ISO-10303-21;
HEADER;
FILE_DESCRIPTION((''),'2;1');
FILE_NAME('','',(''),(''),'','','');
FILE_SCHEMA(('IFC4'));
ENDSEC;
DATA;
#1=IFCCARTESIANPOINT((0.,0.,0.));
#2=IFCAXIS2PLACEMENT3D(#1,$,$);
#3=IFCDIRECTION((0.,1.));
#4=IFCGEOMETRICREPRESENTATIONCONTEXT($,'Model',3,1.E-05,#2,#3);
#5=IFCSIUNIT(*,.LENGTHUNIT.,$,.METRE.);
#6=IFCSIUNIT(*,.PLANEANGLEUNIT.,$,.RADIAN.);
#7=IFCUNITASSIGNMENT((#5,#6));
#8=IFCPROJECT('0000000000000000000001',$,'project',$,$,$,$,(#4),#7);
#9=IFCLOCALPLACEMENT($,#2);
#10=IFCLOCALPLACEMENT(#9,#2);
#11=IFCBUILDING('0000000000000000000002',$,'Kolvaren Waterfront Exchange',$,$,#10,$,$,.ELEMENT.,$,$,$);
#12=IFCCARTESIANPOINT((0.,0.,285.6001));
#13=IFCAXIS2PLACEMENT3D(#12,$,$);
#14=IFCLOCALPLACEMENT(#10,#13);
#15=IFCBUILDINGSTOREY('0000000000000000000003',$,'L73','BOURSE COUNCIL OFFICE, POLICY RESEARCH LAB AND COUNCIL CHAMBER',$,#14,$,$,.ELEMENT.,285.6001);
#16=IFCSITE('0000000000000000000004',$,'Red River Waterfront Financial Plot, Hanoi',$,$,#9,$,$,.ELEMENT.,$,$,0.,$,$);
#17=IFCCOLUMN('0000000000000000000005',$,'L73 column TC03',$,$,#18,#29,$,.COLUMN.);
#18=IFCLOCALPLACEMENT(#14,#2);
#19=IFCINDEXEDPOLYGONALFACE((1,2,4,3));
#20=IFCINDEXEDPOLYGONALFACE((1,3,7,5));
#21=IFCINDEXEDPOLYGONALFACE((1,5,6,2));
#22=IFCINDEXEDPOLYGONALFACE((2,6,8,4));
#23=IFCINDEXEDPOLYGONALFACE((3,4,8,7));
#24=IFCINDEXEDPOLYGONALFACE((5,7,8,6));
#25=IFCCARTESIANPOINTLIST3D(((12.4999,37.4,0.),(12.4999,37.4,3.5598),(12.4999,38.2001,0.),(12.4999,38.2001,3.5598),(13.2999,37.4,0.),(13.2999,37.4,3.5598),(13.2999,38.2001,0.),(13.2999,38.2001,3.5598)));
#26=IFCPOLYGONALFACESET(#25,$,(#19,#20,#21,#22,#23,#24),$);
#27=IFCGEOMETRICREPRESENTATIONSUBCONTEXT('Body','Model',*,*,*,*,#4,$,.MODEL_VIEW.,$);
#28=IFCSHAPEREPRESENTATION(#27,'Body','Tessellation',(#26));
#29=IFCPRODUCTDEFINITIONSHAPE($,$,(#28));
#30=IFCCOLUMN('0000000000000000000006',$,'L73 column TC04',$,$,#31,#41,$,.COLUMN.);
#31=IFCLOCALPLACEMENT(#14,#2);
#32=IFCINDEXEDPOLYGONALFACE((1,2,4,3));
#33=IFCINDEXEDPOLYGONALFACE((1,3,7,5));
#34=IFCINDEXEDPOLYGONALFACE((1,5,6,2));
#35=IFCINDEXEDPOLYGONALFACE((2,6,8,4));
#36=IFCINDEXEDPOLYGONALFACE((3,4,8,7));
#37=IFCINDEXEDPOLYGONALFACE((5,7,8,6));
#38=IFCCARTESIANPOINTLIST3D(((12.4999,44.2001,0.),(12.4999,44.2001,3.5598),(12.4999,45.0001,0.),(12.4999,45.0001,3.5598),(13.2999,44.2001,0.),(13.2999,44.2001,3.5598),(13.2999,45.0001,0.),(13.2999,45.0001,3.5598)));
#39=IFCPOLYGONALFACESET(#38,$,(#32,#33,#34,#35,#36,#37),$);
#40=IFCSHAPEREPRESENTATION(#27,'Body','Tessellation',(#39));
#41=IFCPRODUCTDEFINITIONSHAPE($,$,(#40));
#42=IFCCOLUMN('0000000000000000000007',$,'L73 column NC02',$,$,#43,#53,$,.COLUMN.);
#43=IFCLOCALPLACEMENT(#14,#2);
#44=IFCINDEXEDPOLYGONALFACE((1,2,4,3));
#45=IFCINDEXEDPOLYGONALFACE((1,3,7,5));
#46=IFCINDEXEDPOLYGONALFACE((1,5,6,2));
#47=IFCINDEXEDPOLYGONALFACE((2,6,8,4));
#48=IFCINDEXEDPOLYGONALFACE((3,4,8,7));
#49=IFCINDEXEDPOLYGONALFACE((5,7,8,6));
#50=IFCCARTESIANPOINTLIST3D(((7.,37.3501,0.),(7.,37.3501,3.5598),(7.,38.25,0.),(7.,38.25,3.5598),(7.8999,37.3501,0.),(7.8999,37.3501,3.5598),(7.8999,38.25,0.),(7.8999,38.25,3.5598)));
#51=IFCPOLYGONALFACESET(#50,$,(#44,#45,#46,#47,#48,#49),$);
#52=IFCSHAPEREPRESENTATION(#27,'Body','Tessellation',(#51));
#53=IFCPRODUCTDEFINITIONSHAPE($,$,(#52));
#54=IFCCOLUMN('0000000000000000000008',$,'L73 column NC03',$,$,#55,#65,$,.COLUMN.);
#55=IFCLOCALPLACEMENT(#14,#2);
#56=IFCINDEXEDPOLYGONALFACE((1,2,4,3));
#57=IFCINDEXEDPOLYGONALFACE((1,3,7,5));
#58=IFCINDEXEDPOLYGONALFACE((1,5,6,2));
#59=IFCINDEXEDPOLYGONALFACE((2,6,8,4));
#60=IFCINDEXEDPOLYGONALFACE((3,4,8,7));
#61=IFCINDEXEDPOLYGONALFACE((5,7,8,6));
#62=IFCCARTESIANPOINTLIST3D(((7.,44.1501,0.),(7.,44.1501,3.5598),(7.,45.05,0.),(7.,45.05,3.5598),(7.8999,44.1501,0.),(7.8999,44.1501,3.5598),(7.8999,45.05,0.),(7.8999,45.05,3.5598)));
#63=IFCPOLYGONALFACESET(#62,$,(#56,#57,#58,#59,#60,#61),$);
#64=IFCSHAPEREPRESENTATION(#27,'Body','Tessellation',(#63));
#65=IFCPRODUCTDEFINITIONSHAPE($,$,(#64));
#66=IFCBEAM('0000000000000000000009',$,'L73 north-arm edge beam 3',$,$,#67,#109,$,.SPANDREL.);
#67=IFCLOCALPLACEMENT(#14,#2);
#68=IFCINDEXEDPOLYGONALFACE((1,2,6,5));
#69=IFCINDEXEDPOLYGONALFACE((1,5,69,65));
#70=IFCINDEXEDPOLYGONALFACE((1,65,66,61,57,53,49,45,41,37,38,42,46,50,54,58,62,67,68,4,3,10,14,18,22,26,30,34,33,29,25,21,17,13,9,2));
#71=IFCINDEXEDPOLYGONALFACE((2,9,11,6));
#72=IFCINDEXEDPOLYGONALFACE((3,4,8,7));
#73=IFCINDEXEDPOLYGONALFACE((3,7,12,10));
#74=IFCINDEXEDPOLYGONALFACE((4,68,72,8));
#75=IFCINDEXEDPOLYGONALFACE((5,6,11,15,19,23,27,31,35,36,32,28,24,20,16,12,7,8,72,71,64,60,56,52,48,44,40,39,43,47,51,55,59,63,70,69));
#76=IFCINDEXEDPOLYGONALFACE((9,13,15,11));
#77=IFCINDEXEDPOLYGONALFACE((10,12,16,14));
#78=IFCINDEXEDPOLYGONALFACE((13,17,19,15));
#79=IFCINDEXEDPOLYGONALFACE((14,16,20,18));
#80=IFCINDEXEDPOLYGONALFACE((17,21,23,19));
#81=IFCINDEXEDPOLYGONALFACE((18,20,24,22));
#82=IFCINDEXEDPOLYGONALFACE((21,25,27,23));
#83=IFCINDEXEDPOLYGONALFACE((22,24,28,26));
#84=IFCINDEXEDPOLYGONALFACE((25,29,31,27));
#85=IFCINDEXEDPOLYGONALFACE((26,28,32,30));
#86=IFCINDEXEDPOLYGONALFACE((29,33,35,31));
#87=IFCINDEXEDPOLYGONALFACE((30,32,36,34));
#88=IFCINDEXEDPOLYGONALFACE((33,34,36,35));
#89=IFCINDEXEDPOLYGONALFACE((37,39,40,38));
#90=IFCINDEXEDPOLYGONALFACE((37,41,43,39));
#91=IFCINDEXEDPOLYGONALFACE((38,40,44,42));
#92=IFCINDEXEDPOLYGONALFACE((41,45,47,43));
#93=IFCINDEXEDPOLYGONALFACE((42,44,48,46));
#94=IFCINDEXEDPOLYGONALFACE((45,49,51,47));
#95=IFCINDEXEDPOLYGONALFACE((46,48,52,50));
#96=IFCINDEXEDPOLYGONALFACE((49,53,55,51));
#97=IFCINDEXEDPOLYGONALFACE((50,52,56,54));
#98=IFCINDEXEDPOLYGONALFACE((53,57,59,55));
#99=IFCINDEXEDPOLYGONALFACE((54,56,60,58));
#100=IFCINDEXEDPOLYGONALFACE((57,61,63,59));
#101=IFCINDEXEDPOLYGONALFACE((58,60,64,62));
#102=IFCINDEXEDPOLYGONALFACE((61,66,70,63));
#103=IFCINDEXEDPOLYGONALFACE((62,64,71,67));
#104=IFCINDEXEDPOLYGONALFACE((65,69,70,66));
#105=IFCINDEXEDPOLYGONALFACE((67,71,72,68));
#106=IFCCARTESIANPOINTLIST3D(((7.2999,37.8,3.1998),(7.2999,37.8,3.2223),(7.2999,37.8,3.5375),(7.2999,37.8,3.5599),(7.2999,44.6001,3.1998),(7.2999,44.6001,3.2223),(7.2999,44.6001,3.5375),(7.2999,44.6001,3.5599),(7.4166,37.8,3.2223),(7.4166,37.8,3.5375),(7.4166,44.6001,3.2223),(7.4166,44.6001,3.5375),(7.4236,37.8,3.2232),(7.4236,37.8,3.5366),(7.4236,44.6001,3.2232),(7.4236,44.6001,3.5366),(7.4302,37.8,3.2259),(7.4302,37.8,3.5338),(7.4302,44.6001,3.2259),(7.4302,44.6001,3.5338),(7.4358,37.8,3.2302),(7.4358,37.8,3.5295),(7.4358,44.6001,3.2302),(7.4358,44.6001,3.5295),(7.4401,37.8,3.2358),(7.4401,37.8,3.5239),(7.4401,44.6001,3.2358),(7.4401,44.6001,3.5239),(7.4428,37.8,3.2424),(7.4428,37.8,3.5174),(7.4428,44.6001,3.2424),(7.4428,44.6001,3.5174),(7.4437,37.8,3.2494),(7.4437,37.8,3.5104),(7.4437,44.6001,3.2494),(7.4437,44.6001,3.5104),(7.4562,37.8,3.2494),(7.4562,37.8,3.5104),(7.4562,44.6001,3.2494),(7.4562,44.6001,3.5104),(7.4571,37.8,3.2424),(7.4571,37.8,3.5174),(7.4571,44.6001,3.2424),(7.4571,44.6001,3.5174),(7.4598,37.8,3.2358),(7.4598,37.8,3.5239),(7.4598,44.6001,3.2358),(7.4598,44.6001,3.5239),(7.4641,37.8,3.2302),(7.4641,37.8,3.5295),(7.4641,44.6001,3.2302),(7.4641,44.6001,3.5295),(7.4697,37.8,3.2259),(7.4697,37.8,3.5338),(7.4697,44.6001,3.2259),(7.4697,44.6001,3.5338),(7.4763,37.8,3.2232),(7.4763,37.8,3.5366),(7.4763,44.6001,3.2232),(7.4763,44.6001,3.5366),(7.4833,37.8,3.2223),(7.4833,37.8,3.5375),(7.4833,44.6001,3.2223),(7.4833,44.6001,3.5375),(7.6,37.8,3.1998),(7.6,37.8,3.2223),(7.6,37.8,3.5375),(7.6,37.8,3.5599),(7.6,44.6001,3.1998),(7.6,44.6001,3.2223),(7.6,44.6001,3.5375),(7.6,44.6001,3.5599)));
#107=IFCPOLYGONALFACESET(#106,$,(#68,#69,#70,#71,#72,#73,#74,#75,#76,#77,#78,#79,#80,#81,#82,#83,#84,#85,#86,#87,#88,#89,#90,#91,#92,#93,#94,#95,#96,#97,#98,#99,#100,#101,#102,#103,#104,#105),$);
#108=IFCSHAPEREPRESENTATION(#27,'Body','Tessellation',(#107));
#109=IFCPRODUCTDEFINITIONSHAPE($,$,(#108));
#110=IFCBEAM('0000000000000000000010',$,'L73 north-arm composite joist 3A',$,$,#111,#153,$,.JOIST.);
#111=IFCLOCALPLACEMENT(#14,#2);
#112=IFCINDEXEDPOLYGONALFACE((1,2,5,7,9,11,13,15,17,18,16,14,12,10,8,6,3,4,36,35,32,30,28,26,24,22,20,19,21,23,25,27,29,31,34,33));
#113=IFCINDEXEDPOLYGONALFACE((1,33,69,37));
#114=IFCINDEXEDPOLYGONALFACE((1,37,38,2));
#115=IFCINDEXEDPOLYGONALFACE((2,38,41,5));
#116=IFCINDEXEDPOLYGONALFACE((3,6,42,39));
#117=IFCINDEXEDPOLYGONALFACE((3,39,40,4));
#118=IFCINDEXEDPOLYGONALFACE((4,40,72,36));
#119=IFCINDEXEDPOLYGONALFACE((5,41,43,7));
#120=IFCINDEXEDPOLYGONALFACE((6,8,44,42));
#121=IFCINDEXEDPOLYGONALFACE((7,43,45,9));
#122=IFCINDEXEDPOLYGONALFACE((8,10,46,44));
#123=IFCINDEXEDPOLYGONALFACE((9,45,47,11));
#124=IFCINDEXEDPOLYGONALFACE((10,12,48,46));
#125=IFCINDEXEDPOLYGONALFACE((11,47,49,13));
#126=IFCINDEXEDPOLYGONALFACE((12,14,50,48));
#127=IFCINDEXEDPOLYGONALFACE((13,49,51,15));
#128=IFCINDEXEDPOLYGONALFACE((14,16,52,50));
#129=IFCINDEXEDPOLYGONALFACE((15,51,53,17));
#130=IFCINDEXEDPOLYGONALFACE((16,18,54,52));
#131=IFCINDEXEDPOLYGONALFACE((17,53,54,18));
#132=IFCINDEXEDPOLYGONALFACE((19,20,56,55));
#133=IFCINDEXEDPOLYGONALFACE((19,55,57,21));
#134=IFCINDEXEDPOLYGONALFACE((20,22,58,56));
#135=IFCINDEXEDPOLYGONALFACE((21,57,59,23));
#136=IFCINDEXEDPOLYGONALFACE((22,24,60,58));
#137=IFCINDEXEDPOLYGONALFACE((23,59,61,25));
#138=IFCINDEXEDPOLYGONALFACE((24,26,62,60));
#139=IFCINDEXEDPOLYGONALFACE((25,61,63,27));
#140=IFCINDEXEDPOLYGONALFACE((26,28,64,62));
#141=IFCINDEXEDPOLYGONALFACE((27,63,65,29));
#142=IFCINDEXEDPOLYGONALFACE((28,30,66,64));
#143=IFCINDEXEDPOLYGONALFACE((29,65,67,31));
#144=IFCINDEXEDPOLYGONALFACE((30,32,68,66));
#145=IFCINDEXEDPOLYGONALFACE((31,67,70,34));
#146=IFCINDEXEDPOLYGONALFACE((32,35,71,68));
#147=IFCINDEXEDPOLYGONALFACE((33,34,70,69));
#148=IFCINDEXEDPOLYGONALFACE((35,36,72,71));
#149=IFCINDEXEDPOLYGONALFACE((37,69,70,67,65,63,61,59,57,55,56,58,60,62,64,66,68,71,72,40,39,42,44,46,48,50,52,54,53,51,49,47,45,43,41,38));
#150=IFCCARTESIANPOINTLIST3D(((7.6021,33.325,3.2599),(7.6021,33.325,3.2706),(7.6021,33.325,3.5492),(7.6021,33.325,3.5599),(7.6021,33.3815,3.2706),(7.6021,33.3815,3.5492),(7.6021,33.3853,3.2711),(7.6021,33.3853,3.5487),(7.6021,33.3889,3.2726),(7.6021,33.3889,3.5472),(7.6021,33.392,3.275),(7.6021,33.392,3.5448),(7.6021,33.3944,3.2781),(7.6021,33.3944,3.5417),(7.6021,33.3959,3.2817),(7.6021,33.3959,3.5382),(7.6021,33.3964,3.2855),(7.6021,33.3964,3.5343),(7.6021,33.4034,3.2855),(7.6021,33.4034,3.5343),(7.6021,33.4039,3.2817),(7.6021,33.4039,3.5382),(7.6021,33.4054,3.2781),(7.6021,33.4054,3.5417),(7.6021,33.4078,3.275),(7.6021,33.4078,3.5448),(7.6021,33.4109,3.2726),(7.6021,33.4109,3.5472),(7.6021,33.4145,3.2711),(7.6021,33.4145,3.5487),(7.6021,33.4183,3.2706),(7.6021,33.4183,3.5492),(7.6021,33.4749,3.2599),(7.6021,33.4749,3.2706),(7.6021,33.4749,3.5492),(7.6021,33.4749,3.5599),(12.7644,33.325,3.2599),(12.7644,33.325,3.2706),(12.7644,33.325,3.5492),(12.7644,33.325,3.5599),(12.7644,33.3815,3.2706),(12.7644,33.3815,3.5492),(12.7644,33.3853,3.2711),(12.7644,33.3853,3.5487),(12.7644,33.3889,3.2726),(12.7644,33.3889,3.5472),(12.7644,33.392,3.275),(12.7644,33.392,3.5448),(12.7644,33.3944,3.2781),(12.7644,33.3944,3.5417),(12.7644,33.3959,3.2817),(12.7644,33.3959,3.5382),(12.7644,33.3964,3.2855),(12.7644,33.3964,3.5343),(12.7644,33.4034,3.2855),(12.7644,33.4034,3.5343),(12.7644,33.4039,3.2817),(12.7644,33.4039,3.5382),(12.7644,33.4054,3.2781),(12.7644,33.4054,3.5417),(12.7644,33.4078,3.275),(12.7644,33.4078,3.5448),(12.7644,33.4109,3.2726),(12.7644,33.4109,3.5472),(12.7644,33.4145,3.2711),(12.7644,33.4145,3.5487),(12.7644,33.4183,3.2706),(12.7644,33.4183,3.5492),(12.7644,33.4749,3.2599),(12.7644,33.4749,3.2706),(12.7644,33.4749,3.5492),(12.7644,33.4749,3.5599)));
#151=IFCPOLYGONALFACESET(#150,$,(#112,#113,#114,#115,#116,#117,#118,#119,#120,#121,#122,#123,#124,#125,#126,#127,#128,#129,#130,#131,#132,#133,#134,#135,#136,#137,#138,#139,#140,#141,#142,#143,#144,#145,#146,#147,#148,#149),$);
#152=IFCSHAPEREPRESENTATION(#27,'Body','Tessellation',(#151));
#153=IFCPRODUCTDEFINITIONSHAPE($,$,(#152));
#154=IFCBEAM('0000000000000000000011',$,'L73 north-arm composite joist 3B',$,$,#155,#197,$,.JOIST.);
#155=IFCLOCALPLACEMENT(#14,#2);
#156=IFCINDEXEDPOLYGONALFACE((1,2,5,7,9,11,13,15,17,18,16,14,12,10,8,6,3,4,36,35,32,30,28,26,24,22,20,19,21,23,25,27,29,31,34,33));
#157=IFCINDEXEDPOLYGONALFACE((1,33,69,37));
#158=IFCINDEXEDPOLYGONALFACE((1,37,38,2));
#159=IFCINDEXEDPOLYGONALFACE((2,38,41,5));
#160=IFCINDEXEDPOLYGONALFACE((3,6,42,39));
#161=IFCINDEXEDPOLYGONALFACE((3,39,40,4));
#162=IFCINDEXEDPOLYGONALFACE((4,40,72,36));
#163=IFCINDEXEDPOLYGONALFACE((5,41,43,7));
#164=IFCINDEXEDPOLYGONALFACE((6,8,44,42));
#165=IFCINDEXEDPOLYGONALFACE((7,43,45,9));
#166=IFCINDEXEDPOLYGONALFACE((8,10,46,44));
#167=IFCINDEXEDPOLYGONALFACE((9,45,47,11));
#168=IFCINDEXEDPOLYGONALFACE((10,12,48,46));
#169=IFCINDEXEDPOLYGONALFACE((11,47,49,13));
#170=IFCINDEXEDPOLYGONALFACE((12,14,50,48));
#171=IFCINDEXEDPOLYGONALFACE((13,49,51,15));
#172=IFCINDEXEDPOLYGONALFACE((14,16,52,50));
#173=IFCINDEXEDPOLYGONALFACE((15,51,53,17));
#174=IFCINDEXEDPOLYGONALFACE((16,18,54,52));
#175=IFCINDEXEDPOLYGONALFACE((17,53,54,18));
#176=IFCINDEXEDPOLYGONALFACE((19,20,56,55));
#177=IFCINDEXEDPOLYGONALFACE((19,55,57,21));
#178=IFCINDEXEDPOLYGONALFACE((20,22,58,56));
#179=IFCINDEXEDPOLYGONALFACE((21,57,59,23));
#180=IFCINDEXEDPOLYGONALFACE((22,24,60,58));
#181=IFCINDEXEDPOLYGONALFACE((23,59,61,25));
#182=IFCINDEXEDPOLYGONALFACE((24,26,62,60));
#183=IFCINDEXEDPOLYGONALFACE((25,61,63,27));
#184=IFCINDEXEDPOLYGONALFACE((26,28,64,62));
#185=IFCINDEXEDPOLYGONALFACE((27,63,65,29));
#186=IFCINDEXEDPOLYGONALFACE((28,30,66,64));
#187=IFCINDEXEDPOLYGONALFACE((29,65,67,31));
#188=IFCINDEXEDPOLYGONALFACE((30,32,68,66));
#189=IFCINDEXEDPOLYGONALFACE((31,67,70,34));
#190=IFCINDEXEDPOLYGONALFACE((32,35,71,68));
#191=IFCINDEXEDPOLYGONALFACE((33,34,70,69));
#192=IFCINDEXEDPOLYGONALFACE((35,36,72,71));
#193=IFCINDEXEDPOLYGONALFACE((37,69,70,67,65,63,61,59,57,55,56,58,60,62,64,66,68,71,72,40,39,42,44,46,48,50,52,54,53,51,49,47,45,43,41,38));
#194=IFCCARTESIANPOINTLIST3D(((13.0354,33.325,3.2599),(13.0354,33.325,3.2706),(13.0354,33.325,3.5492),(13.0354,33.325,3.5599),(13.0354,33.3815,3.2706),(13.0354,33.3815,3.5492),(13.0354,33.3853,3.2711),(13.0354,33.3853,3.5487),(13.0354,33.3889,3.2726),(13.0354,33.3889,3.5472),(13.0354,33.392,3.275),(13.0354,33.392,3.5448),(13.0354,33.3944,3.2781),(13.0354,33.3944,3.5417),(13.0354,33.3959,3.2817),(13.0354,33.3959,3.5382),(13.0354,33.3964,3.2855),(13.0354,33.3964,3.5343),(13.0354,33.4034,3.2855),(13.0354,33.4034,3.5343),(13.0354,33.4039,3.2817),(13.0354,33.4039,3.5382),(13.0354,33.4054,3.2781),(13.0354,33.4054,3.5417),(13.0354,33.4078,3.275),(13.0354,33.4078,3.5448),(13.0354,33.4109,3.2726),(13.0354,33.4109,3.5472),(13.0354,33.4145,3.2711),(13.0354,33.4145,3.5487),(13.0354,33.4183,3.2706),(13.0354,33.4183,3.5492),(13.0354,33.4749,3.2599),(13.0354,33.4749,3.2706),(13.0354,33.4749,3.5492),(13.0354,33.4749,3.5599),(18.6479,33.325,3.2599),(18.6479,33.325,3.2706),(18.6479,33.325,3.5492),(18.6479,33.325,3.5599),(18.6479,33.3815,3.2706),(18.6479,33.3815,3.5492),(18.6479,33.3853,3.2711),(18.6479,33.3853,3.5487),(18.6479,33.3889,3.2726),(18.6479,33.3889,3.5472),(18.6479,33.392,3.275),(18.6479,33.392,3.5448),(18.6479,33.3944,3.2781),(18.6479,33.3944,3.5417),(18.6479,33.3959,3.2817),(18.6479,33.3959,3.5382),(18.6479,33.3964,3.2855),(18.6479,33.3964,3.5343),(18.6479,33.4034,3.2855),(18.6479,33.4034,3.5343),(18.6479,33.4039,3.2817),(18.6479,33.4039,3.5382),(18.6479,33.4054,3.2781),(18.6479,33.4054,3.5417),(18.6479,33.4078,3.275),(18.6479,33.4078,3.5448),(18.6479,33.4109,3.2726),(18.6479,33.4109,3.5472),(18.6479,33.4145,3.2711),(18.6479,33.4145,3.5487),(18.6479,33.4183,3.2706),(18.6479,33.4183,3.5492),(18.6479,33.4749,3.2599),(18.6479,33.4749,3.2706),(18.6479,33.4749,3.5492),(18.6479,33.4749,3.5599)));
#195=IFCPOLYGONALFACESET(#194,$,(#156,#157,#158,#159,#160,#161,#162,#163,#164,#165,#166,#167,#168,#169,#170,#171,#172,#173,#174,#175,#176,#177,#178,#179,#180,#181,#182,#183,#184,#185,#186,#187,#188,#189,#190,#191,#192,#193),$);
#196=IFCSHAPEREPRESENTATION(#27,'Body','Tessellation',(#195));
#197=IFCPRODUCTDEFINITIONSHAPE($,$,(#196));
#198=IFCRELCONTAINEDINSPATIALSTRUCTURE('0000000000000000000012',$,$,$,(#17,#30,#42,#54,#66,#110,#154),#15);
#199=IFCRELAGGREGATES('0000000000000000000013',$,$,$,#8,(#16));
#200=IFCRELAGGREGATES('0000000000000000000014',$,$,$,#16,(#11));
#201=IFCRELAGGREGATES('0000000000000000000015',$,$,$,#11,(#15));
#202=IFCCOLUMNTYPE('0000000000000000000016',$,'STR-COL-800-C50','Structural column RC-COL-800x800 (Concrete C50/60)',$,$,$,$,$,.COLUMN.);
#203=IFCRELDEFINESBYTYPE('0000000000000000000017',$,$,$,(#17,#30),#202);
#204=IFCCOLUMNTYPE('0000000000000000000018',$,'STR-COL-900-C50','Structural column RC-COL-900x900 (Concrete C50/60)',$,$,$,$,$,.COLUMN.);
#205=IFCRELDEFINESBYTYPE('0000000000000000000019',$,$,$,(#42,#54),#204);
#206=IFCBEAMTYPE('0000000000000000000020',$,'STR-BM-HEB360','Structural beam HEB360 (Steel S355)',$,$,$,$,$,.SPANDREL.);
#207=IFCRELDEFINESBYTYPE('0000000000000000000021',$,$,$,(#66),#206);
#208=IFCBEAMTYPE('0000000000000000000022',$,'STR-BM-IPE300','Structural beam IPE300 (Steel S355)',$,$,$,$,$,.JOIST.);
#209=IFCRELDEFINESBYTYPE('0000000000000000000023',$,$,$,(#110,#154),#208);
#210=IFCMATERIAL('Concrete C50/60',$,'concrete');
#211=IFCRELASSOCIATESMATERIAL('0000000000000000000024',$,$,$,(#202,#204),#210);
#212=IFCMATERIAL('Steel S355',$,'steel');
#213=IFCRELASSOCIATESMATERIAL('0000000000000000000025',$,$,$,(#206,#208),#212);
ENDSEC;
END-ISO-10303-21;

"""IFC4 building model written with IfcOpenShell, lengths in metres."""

from ifc_helpers import new_model, si_unit, direction, frame, origin, origin_2d, place, context, subcontext, project, spatial, rectangle, i_section, extrude, material, material_profile, profile_set, type_object, element, save


model = new_model("IFC4")

# Units and contexts
model_context = context("Model", 3, precision=1e-05, world=origin(), true_north=direction((0.0, 1.0)))
body_context = subcontext(model_context, "Body", "Model", "MODEL_VIEW")
ifc_project = project(units=[si_unit("LENGTHUNIT", "METRE"), si_unit("PLANEANGLEUNIT", "RADIAN")], contexts=[model_context])

# Site, building, storey
site_placement = place(None, origin())
site = spatial("IfcSite", under=ifc_project, at=site_placement, Name="Red River Waterfront Financial Plot, Hanoi", CompositionType="ELEMENT", RefElevation=0.0)
building_placement = place(site_placement, origin())
building = spatial("IfcBuilding", under=site, at=building_placement, Name="Kolvaren Waterfront Exchange", CompositionType="ELEMENT")
storey_placement = place(building_placement, frame((0.0, 0.0, 285.6001)))
storey = spatial("IfcBuildingStorey", under=building, at=storey_placement, Name="L73", Description="BOURSE COUNCIL OFFICE, POLICY RESEARCH LAB AND COUNCIL CHAMBER", CompositionType="ELEMENT", Elevation=285.6001)

# Columns
ifc_material_1 = material(Name="Concrete C50/60", Category="concrete")
ifc_material_profile_1 = material_profile(ifc_material_1, rectangle(XDim=0.8, YDim=0.8, at=origin_2d()), Name="RC-COL-800x800")
ifc_profile_set_1 = profile_set([ifc_material_profile_1], Name="Concrete C50/60")
column_type_1 = type_object("IfcColumnType", Name="STR-COL-800-C50", Description="Structural column RC-COL-800x800 (Concrete C50/60)", PredefinedType="COLUMN", material=ifc_profile_set_1)
for number, where, z_axis, x_axis, name in (
    (1, (12.8999, 37.8, 0.0), (0.0, 0.0, 1.0), (1.0, 0.0, 0.0), "L73 column TC03"),
    (2, (12.8999, 44.6001, 0.0), (0.0, 0.0, 1.0), (1.0, 0.0, 0.0), "L73 column TC04"),
):
    element("IfcColumn", number, at=place(storey_placement, frame(where, z_axis=z_axis, x_axis=x_axis)), inside=storey, type_object=column_type_1, Name=name, PredefinedType="COLUMN", context=body_context, shape_type="SweptSolid", body=[
        extrude(rectangle(XDim=0.8, YDim=0.8, at=origin_2d()), origin(), (0.0, 0.0, 1.0), 3.5598),
    ])
ifc_material_profile_2 = material_profile(ifc_material_1, rectangle(XDim=0.8999, YDim=0.8999, at=origin_2d()), Name="RC-COL-900x900")
ifc_profile_set_2 = profile_set([ifc_material_profile_2], Name="Concrete C50/60")
column_type_2 = type_object("IfcColumnType", Name="STR-COL-900-C50", Description="Structural column RC-COL-900x900 (Concrete C50/60)", PredefinedType="COLUMN", material=ifc_profile_set_2)
for number, where, z_axis, x_axis, name in (
    (3, (7.45, 37.8, 0.0), (0.0, 0.0, 1.0), (1.0, 0.0, 0.0), "L73 column NC02"),
    (4, (7.45, 44.6001, 0.0), (0.0, 0.0, 1.0), (1.0, 0.0, 0.0), "L73 column NC03"),
):
    element("IfcColumn", number, at=place(storey_placement, frame(where, z_axis=z_axis, x_axis=x_axis)), inside=storey, type_object=column_type_2, Name=name, PredefinedType="COLUMN", context=body_context, shape_type="SweptSolid", body=[
        extrude(rectangle(XDim=0.8999, YDim=0.8999, at=origin_2d()), origin(), (0.0, 0.0, 1.0), 3.5598),
    ])

# Beams
ifc_material_2 = material(Name="Steel S355", Category="steel")
ifc_material_profile_3 = material_profile(ifc_material_2, i_section(OverallWidth=0.3, OverallDepth=0.3601, WebThickness=0.0125, FlangeThickness=0.0225, FilletRadius=0.0271, at=origin_2d()), Name="HEB360")
ifc_profile_set_3 = profile_set([ifc_material_profile_3], Name="Steel S355")
beam_type_1 = type_object("IfcBeamType", Name="STR-BM-HEB360", Description="Structural beam HEB360 (Steel S355)", PredefinedType="SPANDREL", material=ifc_profile_set_3)
beam_1_placement = place(storey_placement, frame((7.45, 37.8, 3.3799), z_axis=(0.0, 1.0, 0.0), x_axis=(-1.0, 0.0, 0.0)))
element("IfcBeam", 5, at=beam_1_placement, inside=storey, type_object=beam_type_1, Name="L73 north-arm edge beam 3", PredefinedType="SPANDREL", context=body_context, shape_type="SweptSolid", body=[
    extrude(i_section(OverallWidth=0.3, OverallDepth=0.3601, WebThickness=0.0125, FlangeThickness=0.0225, FilletRadius=0.0271, at=origin_2d()), origin(), (0.0, 0.0, 1.0), 6.8),
])
ifc_material_profile_4 = material_profile(ifc_material_2, i_section(OverallWidth=0.1499, OverallDepth=0.3, WebThickness=0.0071, FlangeThickness=0.0107, FilletRadius=0.0149, at=origin_2d()), Name="IPE300")
ifc_profile_set_4 = profile_set([ifc_material_profile_4], Name="Steel S355")
beam_type_2 = type_object("IfcBeamType", Name="STR-BM-IPE300", Description="Structural beam IPE300 (Steel S355)", PredefinedType="JOIST", material=ifc_profile_set_4)
beam_2_placement = place(storey_placement, frame((7.6021, 33.3999, 3.4099), z_axis=(1.0, 0.0, 0.0), x_axis=(0.0, 1.0, 0.0)))
element("IfcBeam", 6, at=beam_2_placement, inside=storey, type_object=beam_type_2, Name="L73 north-arm composite joist 3A", PredefinedType="JOIST", context=body_context, shape_type="SweptSolid", body=[
    extrude(i_section(OverallWidth=0.1499, OverallDepth=0.3, WebThickness=0.0071, FlangeThickness=0.0107, FilletRadius=0.0149, at=origin_2d()), origin(), (0.0, 0.0, 1.0), 5.1624),
])
beam_3_placement = place(storey_placement, frame((13.0354, 33.3999, 3.4099), z_axis=(1.0, 0.0, 0.0), x_axis=(0.0, 1.0, 0.0)))
element("IfcBeam", 7, at=beam_3_placement, inside=storey, type_object=beam_type_2, Name="L73 north-arm composite joist 3B", PredefinedType="JOIST", context=body_context, shape_type="SweptSolid", body=[
    extrude(i_section(OverallWidth=0.1499, OverallDepth=0.3, WebThickness=0.0071, FlangeThickness=0.0107, FilletRadius=0.0149, at=origin_2d()), origin(), (0.0, 0.0, 1.0), 5.6125),
])

save(model, "model.ifc")
